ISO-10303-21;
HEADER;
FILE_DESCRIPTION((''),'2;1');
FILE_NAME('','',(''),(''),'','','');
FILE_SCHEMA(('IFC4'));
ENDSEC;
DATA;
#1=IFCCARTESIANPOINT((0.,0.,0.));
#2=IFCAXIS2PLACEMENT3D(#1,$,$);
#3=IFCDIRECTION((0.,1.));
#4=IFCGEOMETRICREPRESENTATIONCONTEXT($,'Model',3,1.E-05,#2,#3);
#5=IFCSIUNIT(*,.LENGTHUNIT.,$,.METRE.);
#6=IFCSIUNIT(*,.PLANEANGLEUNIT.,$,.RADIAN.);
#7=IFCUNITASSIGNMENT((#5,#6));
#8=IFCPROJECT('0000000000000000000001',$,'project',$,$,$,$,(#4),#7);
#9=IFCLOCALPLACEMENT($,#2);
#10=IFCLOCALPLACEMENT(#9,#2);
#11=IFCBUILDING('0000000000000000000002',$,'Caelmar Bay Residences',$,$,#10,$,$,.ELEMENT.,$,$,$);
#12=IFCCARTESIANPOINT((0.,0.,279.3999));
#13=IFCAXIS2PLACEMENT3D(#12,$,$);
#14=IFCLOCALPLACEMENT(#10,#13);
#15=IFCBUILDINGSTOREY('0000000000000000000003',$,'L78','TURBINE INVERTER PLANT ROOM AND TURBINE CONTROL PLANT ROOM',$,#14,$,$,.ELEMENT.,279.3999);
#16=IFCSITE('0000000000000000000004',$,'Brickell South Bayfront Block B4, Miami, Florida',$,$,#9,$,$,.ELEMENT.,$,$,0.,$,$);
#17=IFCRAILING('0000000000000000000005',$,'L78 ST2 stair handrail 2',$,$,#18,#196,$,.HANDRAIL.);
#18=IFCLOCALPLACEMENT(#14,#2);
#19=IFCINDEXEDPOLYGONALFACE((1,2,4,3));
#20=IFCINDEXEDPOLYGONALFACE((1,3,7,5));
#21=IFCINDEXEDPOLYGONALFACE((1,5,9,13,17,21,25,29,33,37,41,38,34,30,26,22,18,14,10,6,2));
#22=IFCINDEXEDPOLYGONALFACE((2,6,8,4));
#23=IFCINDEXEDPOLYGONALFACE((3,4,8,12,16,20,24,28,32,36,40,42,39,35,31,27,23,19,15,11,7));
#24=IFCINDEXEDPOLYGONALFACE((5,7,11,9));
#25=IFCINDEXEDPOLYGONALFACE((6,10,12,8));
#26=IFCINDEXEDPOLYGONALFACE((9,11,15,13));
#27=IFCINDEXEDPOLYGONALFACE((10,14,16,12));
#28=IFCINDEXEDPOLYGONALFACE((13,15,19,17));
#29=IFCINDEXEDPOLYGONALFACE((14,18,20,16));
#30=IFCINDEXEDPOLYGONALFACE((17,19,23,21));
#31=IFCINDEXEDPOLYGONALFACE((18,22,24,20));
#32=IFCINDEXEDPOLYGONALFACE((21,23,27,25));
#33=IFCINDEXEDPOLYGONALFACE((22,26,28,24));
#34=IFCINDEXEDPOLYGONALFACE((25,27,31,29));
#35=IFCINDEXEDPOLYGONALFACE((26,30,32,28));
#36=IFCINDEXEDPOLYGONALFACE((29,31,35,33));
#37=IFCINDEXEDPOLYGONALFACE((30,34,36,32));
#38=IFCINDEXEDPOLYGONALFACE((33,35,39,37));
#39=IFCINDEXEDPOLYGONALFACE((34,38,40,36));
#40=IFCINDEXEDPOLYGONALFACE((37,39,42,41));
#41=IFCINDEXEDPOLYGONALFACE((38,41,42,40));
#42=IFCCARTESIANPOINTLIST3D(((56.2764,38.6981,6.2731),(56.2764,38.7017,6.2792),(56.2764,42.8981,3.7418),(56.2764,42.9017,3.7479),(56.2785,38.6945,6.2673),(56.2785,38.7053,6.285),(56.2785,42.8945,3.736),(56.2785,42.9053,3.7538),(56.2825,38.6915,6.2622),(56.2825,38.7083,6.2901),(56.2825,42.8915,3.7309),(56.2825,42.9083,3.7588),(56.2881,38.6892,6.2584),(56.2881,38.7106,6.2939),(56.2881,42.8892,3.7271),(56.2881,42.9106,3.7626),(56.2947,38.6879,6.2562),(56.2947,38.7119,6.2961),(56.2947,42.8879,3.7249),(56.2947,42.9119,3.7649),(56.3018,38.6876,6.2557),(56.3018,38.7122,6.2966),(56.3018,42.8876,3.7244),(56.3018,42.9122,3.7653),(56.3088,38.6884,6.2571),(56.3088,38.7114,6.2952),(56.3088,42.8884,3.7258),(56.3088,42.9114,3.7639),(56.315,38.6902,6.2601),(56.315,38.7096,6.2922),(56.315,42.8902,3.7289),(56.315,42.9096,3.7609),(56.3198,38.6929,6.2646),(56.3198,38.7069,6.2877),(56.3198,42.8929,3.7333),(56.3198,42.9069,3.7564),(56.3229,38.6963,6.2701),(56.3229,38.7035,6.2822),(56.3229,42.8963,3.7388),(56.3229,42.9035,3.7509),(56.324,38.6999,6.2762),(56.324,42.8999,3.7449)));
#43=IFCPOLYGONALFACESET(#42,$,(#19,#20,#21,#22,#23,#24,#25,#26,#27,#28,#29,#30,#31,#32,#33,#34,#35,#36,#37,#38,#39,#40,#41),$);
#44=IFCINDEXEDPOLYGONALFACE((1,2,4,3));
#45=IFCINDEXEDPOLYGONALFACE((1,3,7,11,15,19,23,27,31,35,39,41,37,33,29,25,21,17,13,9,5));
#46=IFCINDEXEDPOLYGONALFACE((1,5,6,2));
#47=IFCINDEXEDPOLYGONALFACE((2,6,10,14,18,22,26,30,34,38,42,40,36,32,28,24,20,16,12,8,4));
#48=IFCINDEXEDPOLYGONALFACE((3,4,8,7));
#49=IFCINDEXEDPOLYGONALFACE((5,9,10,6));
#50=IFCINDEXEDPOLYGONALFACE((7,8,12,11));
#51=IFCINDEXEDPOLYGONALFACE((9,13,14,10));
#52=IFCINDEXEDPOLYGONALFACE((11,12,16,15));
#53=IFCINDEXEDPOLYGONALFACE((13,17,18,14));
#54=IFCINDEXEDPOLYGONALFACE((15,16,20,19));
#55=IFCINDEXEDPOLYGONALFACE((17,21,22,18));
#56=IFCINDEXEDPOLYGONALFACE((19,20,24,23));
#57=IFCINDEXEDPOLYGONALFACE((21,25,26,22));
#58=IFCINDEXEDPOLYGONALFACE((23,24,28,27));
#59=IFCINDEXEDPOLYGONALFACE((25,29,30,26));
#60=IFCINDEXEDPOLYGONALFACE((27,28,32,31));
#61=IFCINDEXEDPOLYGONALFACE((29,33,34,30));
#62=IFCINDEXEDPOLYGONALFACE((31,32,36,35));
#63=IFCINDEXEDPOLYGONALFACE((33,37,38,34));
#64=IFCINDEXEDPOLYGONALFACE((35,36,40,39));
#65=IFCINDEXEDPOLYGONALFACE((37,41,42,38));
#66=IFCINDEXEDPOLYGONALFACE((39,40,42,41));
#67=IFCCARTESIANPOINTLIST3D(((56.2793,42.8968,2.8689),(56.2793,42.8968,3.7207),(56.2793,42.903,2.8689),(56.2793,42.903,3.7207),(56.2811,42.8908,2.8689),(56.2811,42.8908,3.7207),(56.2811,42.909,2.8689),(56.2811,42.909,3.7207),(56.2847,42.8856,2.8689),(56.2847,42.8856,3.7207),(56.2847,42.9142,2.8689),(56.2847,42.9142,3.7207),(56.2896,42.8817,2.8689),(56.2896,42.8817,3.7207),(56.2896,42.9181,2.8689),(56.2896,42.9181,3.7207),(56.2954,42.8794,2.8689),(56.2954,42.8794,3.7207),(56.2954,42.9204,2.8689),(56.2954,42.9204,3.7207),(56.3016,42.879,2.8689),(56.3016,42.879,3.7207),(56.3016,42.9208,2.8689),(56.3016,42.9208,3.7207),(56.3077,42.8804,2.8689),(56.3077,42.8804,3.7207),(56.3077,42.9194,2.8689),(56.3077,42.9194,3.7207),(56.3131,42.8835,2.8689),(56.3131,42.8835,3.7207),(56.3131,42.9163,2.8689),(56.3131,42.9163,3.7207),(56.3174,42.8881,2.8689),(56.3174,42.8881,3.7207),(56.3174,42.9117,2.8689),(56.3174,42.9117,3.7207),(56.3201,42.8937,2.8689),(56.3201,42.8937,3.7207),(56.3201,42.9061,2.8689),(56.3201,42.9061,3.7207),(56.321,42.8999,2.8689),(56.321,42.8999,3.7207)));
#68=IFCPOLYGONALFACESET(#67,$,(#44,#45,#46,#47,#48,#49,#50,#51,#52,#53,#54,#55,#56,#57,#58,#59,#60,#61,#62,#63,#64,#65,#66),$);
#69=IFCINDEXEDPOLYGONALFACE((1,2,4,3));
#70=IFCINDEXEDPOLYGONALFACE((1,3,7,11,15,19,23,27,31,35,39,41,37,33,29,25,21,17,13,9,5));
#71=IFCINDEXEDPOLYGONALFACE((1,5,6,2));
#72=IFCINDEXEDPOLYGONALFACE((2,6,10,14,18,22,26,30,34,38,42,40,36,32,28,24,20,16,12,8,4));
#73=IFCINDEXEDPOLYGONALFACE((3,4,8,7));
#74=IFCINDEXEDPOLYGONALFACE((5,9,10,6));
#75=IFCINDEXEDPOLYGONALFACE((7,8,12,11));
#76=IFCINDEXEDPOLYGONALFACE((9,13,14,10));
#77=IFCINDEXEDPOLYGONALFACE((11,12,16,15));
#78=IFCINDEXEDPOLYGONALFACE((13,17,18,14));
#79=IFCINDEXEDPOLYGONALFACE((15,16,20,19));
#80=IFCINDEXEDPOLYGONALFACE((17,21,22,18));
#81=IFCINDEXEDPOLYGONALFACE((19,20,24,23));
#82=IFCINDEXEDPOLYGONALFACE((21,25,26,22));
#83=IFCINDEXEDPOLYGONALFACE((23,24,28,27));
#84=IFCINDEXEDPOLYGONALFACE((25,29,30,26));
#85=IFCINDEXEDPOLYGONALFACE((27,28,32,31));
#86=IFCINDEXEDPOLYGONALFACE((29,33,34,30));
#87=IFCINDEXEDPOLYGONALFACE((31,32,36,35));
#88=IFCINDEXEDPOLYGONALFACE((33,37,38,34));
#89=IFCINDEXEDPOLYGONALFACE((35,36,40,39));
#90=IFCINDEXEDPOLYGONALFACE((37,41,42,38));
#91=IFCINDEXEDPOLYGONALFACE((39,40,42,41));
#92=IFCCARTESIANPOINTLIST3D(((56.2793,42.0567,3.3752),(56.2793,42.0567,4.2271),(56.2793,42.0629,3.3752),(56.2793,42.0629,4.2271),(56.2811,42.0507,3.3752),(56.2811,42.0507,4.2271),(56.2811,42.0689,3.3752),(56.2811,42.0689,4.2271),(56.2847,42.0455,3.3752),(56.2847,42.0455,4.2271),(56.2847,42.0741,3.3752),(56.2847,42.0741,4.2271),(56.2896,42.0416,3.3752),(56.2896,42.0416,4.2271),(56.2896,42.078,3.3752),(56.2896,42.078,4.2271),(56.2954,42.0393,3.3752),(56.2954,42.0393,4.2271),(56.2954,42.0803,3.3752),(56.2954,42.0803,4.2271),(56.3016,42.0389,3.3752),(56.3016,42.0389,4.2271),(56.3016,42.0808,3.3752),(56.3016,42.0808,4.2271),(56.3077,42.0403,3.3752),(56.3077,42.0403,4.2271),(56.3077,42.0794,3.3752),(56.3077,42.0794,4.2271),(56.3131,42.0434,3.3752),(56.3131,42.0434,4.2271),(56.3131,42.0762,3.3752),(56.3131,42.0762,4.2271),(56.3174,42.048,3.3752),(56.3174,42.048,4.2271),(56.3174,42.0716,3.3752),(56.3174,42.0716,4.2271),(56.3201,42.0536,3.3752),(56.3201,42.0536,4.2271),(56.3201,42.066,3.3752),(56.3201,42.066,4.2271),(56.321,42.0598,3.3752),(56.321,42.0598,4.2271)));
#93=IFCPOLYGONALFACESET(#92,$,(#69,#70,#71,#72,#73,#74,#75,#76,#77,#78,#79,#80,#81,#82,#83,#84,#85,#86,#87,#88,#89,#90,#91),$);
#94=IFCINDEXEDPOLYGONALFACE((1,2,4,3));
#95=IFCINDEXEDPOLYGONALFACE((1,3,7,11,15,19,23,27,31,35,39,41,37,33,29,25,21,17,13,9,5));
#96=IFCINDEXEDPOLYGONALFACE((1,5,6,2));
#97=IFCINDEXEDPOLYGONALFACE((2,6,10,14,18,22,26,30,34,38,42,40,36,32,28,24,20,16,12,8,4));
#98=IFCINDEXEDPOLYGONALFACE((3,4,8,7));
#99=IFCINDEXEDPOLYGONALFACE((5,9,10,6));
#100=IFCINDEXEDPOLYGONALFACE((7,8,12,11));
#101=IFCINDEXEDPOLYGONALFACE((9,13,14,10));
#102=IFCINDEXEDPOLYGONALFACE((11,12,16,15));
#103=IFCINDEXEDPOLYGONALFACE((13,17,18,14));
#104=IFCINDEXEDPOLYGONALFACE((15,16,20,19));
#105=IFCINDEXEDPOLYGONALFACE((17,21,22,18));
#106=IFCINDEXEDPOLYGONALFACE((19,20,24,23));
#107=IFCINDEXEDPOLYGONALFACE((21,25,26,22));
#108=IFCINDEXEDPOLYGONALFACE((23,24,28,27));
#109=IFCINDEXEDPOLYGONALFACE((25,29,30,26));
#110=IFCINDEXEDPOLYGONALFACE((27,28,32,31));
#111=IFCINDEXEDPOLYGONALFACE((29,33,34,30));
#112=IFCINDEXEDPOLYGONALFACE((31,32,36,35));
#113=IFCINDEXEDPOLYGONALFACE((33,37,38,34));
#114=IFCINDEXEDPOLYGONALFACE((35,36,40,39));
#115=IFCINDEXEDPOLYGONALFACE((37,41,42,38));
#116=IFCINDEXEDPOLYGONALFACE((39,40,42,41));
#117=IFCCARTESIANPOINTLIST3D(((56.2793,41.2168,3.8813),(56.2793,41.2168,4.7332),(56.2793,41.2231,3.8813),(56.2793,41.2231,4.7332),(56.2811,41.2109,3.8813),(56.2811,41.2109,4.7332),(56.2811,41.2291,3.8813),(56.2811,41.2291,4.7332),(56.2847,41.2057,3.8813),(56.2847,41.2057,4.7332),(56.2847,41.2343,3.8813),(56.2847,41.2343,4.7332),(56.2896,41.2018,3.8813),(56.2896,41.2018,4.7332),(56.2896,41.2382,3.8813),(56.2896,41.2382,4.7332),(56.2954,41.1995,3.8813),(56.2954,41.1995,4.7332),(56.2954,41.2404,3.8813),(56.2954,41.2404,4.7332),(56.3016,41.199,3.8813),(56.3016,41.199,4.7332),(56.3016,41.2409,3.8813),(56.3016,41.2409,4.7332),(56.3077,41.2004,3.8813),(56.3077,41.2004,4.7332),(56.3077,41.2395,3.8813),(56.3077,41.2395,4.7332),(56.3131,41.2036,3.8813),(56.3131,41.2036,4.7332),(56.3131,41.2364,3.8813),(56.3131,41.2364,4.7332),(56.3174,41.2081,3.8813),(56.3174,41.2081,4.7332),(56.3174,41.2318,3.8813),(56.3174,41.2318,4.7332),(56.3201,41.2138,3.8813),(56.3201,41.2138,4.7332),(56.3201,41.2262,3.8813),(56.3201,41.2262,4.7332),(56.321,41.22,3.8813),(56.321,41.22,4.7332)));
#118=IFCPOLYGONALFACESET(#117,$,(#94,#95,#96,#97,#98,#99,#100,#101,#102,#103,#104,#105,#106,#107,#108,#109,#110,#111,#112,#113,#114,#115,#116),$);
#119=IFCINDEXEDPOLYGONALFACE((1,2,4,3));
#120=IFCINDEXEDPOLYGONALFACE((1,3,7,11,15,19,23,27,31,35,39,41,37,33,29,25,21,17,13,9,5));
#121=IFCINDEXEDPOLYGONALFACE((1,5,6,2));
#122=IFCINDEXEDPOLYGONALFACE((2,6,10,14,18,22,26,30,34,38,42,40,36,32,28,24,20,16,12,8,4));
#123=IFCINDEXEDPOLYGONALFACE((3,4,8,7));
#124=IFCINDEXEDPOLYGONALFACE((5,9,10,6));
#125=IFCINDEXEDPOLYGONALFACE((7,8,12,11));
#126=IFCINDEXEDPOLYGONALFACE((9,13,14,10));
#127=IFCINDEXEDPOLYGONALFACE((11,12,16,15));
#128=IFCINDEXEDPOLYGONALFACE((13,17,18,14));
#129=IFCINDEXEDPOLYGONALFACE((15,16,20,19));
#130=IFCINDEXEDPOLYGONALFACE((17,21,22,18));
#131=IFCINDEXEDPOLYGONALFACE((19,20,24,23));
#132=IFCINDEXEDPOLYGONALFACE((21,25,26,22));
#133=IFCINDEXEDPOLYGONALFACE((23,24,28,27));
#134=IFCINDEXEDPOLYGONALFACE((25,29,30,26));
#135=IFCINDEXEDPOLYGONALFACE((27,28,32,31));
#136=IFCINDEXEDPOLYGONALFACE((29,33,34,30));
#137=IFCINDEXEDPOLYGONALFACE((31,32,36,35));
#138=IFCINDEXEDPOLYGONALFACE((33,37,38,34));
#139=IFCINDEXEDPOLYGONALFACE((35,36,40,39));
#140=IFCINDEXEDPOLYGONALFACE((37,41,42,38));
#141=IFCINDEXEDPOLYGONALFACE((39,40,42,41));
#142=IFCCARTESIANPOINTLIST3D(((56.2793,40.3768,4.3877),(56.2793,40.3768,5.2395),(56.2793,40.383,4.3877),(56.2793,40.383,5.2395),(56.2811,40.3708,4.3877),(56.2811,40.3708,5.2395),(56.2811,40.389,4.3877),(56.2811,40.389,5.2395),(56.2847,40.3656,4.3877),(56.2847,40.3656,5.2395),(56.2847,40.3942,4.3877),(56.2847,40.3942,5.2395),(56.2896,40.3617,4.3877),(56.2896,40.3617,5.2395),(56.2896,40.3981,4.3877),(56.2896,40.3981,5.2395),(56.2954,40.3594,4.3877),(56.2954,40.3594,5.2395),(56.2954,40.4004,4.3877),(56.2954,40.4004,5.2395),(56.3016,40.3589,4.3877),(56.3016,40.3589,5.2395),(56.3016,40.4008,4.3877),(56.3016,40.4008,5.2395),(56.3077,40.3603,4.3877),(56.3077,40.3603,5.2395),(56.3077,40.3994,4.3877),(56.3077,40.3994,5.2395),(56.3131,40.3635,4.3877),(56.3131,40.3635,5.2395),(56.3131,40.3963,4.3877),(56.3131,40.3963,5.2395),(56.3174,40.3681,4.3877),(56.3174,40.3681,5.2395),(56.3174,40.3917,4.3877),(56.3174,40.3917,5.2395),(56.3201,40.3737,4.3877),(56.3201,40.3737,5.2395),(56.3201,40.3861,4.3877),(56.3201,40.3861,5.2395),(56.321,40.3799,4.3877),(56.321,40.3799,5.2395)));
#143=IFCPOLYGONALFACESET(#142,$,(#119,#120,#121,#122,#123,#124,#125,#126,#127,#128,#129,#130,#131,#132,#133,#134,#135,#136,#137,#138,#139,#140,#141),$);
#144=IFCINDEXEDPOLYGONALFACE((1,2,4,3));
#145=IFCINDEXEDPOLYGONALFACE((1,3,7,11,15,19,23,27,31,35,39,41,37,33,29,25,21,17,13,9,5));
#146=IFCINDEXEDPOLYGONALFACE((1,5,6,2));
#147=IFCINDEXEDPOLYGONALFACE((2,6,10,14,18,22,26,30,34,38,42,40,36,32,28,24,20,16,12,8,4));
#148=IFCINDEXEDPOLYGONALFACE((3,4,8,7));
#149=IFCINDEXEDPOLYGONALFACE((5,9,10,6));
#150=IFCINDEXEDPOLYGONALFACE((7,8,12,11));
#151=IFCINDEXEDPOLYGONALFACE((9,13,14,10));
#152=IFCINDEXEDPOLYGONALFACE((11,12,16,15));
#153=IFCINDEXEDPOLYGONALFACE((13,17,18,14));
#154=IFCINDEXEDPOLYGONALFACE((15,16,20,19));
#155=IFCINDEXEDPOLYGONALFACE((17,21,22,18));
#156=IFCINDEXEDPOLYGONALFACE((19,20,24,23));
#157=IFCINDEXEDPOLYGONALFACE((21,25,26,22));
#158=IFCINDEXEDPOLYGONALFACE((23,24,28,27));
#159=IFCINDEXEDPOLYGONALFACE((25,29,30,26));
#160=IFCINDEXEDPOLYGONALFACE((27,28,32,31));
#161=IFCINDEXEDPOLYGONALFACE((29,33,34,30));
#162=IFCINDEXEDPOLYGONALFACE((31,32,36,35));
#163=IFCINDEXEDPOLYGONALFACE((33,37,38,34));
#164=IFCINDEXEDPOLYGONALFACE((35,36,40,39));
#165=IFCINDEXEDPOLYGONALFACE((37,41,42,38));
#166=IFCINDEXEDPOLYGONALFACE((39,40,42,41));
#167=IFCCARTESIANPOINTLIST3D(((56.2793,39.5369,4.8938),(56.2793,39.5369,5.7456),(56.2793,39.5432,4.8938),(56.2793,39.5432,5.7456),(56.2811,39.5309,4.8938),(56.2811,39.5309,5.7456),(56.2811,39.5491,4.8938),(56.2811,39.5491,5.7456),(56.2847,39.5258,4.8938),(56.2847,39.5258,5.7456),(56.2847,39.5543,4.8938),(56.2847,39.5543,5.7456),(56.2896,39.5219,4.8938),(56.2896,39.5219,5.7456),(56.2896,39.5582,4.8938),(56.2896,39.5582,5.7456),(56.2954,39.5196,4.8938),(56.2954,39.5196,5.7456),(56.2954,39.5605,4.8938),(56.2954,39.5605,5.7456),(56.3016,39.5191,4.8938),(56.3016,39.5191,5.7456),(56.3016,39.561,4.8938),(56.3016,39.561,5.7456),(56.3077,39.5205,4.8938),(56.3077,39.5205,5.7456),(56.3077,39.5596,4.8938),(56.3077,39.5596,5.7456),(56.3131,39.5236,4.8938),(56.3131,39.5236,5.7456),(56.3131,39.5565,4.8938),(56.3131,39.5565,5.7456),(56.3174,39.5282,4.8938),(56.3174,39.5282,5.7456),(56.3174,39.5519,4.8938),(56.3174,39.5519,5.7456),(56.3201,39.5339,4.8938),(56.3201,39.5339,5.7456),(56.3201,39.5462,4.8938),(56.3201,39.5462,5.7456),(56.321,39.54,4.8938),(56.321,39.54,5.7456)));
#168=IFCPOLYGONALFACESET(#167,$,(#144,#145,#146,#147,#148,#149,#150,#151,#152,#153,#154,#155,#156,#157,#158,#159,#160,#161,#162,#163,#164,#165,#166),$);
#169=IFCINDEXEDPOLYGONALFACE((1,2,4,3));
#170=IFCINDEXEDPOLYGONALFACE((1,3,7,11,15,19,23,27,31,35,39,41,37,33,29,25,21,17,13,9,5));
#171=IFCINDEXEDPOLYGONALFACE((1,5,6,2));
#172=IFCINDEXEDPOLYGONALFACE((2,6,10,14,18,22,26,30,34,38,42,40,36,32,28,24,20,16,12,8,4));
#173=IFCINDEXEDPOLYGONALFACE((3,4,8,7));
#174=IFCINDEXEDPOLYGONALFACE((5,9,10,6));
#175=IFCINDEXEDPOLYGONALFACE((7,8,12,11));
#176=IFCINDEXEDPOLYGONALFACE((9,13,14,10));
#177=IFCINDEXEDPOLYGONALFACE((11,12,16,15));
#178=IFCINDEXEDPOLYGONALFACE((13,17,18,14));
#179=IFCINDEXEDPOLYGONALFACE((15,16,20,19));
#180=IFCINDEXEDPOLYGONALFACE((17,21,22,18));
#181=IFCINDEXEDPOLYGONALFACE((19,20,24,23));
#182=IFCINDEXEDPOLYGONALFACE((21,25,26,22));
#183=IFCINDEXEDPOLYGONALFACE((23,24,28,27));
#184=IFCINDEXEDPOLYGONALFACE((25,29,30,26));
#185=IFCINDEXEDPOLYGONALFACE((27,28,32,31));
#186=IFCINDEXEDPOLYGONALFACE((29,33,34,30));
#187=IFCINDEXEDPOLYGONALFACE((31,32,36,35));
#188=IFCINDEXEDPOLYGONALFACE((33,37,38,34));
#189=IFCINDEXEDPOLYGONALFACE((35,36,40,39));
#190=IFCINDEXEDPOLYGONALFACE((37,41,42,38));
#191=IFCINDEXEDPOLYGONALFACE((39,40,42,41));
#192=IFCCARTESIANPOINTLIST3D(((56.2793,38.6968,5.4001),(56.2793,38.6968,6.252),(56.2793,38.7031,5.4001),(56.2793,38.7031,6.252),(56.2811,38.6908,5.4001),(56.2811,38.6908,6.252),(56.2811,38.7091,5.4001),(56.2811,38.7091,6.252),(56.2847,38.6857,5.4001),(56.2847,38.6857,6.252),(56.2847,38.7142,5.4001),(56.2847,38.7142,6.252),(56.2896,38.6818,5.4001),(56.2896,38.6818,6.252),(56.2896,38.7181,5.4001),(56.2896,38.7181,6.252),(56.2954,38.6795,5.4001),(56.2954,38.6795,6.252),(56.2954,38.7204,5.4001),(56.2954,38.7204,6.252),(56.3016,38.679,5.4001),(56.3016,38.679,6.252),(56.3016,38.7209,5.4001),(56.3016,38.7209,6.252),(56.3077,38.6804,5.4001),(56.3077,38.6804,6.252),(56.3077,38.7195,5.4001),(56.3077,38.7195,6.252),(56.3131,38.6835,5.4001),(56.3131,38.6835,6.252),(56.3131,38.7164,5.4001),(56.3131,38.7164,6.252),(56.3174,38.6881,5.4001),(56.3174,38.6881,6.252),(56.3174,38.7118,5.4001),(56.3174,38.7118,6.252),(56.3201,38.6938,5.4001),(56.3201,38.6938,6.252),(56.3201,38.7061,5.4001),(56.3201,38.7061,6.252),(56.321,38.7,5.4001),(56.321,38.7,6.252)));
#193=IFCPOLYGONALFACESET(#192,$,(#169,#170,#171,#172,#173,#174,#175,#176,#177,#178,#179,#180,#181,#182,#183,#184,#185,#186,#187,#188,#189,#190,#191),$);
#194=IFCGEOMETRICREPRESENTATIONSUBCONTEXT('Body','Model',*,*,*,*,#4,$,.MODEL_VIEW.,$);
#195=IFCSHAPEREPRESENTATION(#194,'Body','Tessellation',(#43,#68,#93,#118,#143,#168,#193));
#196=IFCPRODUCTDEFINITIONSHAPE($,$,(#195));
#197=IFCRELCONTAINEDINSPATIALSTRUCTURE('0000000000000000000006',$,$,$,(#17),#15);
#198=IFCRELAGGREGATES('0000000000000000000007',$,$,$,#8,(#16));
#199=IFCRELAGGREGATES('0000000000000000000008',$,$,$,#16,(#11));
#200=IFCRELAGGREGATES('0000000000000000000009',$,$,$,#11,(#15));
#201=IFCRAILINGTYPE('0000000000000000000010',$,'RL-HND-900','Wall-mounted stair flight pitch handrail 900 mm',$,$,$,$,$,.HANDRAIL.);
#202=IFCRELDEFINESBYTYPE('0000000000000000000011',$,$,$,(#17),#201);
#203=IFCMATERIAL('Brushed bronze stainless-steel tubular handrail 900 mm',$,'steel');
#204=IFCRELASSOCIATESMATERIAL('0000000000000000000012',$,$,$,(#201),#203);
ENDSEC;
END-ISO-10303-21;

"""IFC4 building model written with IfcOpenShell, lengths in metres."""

from ifc_helpers import new_model, si_unit, direction, frame, origin, origin_2d, place, context, subcontext, project, spatial, circle, extrude, material, type_object, element, save


model = new_model("IFC4")

# Units and contexts
model_context = context("Model", 3, precision=1e-05, world=origin(), true_north=direction((0.0, 1.0)))
body_context = subcontext(model_context, "Body", "Model", "MODEL_VIEW")
ifc_project = project(units=[si_unit("LENGTHUNIT", "METRE"), si_unit("PLANEANGLEUNIT", "RADIAN")], contexts=[model_context])

# Site, building, storey
site_placement = place(None, origin())
site = spatial("IfcSite", under=ifc_project, at=site_placement, Name="Brickell South Bayfront Block B4, Miami, Florida", CompositionType="ELEMENT", RefElevation=0.0)
building_placement = place(site_placement, origin())
building = spatial("IfcBuilding", under=site, at=building_placement, Name="Caelmar Bay Residences", CompositionType="ELEMENT")
storey_placement = place(building_placement, frame((0.0, 0.0, 279.3999)))
storey = spatial("IfcBuildingStorey", under=building, at=storey_placement, Name="L78", Description="TURBINE INVERTER PLANT ROOM AND TURBINE CONTROL PLANT ROOM", CompositionType="ELEMENT", Elevation=279.3999)

# Railing
ifc_material_1 = material(Name="Brushed bronze stainless-steel tubular handrail 900 mm", Category="steel")
railing_type_1 = type_object("IfcRailingType", Name="RL-HND-900", Description="Wall-mounted stair flight pitch handrail 900 mm", PredefinedType="HANDRAIL", material=ifc_material_1)
railing_1_placement = place(storey_placement, frame((56.3, 42.8999, 2.8689)))
element("IfcRailing", 1, at=railing_1_placement, inside=storey, type_object=railing_type_1, Name="L78 ST2 stair handrail 2", PredefinedType="HANDRAIL", context=body_context, shape_type="SweptSolid", body=[
    extrude(circle(Radius=0.0239, at=origin_2d()), frame((0.0, 0.0, 0.876), z_axis=(0.0, -0.856476, 0.516186), x_axis=(1.0, 0.0, 0.0)), (0.0, 0.0, 1.0), 4.9038),
    extrude(circle(Radius=0.021, at=origin_2d()), origin(), (0.0, 0.0, 1.0), 0.8518),
    extrude(circle(Radius=0.021, at=origin_2d()), frame((0.0, -0.8401, 0.5063)), (0.0, 0.0, 1.0), 0.8518),
    extrude(circle(Radius=0.021, at=origin_2d()), frame((0.0, -1.6799, 1.0125)), (0.0, 0.0, 1.0), 0.8518),
    extrude(circle(Radius=0.021, at=origin_2d()), frame((0.0, -2.52, 1.5188)), (0.0, 0.0, 1.0), 0.8518),
    extrude(circle(Radius=0.021, at=origin_2d()), frame((0.0, -3.3599, 2.0249)), (0.0, 0.0, 1.0), 0.8518),
    extrude(circle(Radius=0.021, at=origin_2d()), frame((0.0, -4.2, 2.5312)), (0.0, 0.0, 1.0), 0.8518),
])

save(model, "model.ifc")
